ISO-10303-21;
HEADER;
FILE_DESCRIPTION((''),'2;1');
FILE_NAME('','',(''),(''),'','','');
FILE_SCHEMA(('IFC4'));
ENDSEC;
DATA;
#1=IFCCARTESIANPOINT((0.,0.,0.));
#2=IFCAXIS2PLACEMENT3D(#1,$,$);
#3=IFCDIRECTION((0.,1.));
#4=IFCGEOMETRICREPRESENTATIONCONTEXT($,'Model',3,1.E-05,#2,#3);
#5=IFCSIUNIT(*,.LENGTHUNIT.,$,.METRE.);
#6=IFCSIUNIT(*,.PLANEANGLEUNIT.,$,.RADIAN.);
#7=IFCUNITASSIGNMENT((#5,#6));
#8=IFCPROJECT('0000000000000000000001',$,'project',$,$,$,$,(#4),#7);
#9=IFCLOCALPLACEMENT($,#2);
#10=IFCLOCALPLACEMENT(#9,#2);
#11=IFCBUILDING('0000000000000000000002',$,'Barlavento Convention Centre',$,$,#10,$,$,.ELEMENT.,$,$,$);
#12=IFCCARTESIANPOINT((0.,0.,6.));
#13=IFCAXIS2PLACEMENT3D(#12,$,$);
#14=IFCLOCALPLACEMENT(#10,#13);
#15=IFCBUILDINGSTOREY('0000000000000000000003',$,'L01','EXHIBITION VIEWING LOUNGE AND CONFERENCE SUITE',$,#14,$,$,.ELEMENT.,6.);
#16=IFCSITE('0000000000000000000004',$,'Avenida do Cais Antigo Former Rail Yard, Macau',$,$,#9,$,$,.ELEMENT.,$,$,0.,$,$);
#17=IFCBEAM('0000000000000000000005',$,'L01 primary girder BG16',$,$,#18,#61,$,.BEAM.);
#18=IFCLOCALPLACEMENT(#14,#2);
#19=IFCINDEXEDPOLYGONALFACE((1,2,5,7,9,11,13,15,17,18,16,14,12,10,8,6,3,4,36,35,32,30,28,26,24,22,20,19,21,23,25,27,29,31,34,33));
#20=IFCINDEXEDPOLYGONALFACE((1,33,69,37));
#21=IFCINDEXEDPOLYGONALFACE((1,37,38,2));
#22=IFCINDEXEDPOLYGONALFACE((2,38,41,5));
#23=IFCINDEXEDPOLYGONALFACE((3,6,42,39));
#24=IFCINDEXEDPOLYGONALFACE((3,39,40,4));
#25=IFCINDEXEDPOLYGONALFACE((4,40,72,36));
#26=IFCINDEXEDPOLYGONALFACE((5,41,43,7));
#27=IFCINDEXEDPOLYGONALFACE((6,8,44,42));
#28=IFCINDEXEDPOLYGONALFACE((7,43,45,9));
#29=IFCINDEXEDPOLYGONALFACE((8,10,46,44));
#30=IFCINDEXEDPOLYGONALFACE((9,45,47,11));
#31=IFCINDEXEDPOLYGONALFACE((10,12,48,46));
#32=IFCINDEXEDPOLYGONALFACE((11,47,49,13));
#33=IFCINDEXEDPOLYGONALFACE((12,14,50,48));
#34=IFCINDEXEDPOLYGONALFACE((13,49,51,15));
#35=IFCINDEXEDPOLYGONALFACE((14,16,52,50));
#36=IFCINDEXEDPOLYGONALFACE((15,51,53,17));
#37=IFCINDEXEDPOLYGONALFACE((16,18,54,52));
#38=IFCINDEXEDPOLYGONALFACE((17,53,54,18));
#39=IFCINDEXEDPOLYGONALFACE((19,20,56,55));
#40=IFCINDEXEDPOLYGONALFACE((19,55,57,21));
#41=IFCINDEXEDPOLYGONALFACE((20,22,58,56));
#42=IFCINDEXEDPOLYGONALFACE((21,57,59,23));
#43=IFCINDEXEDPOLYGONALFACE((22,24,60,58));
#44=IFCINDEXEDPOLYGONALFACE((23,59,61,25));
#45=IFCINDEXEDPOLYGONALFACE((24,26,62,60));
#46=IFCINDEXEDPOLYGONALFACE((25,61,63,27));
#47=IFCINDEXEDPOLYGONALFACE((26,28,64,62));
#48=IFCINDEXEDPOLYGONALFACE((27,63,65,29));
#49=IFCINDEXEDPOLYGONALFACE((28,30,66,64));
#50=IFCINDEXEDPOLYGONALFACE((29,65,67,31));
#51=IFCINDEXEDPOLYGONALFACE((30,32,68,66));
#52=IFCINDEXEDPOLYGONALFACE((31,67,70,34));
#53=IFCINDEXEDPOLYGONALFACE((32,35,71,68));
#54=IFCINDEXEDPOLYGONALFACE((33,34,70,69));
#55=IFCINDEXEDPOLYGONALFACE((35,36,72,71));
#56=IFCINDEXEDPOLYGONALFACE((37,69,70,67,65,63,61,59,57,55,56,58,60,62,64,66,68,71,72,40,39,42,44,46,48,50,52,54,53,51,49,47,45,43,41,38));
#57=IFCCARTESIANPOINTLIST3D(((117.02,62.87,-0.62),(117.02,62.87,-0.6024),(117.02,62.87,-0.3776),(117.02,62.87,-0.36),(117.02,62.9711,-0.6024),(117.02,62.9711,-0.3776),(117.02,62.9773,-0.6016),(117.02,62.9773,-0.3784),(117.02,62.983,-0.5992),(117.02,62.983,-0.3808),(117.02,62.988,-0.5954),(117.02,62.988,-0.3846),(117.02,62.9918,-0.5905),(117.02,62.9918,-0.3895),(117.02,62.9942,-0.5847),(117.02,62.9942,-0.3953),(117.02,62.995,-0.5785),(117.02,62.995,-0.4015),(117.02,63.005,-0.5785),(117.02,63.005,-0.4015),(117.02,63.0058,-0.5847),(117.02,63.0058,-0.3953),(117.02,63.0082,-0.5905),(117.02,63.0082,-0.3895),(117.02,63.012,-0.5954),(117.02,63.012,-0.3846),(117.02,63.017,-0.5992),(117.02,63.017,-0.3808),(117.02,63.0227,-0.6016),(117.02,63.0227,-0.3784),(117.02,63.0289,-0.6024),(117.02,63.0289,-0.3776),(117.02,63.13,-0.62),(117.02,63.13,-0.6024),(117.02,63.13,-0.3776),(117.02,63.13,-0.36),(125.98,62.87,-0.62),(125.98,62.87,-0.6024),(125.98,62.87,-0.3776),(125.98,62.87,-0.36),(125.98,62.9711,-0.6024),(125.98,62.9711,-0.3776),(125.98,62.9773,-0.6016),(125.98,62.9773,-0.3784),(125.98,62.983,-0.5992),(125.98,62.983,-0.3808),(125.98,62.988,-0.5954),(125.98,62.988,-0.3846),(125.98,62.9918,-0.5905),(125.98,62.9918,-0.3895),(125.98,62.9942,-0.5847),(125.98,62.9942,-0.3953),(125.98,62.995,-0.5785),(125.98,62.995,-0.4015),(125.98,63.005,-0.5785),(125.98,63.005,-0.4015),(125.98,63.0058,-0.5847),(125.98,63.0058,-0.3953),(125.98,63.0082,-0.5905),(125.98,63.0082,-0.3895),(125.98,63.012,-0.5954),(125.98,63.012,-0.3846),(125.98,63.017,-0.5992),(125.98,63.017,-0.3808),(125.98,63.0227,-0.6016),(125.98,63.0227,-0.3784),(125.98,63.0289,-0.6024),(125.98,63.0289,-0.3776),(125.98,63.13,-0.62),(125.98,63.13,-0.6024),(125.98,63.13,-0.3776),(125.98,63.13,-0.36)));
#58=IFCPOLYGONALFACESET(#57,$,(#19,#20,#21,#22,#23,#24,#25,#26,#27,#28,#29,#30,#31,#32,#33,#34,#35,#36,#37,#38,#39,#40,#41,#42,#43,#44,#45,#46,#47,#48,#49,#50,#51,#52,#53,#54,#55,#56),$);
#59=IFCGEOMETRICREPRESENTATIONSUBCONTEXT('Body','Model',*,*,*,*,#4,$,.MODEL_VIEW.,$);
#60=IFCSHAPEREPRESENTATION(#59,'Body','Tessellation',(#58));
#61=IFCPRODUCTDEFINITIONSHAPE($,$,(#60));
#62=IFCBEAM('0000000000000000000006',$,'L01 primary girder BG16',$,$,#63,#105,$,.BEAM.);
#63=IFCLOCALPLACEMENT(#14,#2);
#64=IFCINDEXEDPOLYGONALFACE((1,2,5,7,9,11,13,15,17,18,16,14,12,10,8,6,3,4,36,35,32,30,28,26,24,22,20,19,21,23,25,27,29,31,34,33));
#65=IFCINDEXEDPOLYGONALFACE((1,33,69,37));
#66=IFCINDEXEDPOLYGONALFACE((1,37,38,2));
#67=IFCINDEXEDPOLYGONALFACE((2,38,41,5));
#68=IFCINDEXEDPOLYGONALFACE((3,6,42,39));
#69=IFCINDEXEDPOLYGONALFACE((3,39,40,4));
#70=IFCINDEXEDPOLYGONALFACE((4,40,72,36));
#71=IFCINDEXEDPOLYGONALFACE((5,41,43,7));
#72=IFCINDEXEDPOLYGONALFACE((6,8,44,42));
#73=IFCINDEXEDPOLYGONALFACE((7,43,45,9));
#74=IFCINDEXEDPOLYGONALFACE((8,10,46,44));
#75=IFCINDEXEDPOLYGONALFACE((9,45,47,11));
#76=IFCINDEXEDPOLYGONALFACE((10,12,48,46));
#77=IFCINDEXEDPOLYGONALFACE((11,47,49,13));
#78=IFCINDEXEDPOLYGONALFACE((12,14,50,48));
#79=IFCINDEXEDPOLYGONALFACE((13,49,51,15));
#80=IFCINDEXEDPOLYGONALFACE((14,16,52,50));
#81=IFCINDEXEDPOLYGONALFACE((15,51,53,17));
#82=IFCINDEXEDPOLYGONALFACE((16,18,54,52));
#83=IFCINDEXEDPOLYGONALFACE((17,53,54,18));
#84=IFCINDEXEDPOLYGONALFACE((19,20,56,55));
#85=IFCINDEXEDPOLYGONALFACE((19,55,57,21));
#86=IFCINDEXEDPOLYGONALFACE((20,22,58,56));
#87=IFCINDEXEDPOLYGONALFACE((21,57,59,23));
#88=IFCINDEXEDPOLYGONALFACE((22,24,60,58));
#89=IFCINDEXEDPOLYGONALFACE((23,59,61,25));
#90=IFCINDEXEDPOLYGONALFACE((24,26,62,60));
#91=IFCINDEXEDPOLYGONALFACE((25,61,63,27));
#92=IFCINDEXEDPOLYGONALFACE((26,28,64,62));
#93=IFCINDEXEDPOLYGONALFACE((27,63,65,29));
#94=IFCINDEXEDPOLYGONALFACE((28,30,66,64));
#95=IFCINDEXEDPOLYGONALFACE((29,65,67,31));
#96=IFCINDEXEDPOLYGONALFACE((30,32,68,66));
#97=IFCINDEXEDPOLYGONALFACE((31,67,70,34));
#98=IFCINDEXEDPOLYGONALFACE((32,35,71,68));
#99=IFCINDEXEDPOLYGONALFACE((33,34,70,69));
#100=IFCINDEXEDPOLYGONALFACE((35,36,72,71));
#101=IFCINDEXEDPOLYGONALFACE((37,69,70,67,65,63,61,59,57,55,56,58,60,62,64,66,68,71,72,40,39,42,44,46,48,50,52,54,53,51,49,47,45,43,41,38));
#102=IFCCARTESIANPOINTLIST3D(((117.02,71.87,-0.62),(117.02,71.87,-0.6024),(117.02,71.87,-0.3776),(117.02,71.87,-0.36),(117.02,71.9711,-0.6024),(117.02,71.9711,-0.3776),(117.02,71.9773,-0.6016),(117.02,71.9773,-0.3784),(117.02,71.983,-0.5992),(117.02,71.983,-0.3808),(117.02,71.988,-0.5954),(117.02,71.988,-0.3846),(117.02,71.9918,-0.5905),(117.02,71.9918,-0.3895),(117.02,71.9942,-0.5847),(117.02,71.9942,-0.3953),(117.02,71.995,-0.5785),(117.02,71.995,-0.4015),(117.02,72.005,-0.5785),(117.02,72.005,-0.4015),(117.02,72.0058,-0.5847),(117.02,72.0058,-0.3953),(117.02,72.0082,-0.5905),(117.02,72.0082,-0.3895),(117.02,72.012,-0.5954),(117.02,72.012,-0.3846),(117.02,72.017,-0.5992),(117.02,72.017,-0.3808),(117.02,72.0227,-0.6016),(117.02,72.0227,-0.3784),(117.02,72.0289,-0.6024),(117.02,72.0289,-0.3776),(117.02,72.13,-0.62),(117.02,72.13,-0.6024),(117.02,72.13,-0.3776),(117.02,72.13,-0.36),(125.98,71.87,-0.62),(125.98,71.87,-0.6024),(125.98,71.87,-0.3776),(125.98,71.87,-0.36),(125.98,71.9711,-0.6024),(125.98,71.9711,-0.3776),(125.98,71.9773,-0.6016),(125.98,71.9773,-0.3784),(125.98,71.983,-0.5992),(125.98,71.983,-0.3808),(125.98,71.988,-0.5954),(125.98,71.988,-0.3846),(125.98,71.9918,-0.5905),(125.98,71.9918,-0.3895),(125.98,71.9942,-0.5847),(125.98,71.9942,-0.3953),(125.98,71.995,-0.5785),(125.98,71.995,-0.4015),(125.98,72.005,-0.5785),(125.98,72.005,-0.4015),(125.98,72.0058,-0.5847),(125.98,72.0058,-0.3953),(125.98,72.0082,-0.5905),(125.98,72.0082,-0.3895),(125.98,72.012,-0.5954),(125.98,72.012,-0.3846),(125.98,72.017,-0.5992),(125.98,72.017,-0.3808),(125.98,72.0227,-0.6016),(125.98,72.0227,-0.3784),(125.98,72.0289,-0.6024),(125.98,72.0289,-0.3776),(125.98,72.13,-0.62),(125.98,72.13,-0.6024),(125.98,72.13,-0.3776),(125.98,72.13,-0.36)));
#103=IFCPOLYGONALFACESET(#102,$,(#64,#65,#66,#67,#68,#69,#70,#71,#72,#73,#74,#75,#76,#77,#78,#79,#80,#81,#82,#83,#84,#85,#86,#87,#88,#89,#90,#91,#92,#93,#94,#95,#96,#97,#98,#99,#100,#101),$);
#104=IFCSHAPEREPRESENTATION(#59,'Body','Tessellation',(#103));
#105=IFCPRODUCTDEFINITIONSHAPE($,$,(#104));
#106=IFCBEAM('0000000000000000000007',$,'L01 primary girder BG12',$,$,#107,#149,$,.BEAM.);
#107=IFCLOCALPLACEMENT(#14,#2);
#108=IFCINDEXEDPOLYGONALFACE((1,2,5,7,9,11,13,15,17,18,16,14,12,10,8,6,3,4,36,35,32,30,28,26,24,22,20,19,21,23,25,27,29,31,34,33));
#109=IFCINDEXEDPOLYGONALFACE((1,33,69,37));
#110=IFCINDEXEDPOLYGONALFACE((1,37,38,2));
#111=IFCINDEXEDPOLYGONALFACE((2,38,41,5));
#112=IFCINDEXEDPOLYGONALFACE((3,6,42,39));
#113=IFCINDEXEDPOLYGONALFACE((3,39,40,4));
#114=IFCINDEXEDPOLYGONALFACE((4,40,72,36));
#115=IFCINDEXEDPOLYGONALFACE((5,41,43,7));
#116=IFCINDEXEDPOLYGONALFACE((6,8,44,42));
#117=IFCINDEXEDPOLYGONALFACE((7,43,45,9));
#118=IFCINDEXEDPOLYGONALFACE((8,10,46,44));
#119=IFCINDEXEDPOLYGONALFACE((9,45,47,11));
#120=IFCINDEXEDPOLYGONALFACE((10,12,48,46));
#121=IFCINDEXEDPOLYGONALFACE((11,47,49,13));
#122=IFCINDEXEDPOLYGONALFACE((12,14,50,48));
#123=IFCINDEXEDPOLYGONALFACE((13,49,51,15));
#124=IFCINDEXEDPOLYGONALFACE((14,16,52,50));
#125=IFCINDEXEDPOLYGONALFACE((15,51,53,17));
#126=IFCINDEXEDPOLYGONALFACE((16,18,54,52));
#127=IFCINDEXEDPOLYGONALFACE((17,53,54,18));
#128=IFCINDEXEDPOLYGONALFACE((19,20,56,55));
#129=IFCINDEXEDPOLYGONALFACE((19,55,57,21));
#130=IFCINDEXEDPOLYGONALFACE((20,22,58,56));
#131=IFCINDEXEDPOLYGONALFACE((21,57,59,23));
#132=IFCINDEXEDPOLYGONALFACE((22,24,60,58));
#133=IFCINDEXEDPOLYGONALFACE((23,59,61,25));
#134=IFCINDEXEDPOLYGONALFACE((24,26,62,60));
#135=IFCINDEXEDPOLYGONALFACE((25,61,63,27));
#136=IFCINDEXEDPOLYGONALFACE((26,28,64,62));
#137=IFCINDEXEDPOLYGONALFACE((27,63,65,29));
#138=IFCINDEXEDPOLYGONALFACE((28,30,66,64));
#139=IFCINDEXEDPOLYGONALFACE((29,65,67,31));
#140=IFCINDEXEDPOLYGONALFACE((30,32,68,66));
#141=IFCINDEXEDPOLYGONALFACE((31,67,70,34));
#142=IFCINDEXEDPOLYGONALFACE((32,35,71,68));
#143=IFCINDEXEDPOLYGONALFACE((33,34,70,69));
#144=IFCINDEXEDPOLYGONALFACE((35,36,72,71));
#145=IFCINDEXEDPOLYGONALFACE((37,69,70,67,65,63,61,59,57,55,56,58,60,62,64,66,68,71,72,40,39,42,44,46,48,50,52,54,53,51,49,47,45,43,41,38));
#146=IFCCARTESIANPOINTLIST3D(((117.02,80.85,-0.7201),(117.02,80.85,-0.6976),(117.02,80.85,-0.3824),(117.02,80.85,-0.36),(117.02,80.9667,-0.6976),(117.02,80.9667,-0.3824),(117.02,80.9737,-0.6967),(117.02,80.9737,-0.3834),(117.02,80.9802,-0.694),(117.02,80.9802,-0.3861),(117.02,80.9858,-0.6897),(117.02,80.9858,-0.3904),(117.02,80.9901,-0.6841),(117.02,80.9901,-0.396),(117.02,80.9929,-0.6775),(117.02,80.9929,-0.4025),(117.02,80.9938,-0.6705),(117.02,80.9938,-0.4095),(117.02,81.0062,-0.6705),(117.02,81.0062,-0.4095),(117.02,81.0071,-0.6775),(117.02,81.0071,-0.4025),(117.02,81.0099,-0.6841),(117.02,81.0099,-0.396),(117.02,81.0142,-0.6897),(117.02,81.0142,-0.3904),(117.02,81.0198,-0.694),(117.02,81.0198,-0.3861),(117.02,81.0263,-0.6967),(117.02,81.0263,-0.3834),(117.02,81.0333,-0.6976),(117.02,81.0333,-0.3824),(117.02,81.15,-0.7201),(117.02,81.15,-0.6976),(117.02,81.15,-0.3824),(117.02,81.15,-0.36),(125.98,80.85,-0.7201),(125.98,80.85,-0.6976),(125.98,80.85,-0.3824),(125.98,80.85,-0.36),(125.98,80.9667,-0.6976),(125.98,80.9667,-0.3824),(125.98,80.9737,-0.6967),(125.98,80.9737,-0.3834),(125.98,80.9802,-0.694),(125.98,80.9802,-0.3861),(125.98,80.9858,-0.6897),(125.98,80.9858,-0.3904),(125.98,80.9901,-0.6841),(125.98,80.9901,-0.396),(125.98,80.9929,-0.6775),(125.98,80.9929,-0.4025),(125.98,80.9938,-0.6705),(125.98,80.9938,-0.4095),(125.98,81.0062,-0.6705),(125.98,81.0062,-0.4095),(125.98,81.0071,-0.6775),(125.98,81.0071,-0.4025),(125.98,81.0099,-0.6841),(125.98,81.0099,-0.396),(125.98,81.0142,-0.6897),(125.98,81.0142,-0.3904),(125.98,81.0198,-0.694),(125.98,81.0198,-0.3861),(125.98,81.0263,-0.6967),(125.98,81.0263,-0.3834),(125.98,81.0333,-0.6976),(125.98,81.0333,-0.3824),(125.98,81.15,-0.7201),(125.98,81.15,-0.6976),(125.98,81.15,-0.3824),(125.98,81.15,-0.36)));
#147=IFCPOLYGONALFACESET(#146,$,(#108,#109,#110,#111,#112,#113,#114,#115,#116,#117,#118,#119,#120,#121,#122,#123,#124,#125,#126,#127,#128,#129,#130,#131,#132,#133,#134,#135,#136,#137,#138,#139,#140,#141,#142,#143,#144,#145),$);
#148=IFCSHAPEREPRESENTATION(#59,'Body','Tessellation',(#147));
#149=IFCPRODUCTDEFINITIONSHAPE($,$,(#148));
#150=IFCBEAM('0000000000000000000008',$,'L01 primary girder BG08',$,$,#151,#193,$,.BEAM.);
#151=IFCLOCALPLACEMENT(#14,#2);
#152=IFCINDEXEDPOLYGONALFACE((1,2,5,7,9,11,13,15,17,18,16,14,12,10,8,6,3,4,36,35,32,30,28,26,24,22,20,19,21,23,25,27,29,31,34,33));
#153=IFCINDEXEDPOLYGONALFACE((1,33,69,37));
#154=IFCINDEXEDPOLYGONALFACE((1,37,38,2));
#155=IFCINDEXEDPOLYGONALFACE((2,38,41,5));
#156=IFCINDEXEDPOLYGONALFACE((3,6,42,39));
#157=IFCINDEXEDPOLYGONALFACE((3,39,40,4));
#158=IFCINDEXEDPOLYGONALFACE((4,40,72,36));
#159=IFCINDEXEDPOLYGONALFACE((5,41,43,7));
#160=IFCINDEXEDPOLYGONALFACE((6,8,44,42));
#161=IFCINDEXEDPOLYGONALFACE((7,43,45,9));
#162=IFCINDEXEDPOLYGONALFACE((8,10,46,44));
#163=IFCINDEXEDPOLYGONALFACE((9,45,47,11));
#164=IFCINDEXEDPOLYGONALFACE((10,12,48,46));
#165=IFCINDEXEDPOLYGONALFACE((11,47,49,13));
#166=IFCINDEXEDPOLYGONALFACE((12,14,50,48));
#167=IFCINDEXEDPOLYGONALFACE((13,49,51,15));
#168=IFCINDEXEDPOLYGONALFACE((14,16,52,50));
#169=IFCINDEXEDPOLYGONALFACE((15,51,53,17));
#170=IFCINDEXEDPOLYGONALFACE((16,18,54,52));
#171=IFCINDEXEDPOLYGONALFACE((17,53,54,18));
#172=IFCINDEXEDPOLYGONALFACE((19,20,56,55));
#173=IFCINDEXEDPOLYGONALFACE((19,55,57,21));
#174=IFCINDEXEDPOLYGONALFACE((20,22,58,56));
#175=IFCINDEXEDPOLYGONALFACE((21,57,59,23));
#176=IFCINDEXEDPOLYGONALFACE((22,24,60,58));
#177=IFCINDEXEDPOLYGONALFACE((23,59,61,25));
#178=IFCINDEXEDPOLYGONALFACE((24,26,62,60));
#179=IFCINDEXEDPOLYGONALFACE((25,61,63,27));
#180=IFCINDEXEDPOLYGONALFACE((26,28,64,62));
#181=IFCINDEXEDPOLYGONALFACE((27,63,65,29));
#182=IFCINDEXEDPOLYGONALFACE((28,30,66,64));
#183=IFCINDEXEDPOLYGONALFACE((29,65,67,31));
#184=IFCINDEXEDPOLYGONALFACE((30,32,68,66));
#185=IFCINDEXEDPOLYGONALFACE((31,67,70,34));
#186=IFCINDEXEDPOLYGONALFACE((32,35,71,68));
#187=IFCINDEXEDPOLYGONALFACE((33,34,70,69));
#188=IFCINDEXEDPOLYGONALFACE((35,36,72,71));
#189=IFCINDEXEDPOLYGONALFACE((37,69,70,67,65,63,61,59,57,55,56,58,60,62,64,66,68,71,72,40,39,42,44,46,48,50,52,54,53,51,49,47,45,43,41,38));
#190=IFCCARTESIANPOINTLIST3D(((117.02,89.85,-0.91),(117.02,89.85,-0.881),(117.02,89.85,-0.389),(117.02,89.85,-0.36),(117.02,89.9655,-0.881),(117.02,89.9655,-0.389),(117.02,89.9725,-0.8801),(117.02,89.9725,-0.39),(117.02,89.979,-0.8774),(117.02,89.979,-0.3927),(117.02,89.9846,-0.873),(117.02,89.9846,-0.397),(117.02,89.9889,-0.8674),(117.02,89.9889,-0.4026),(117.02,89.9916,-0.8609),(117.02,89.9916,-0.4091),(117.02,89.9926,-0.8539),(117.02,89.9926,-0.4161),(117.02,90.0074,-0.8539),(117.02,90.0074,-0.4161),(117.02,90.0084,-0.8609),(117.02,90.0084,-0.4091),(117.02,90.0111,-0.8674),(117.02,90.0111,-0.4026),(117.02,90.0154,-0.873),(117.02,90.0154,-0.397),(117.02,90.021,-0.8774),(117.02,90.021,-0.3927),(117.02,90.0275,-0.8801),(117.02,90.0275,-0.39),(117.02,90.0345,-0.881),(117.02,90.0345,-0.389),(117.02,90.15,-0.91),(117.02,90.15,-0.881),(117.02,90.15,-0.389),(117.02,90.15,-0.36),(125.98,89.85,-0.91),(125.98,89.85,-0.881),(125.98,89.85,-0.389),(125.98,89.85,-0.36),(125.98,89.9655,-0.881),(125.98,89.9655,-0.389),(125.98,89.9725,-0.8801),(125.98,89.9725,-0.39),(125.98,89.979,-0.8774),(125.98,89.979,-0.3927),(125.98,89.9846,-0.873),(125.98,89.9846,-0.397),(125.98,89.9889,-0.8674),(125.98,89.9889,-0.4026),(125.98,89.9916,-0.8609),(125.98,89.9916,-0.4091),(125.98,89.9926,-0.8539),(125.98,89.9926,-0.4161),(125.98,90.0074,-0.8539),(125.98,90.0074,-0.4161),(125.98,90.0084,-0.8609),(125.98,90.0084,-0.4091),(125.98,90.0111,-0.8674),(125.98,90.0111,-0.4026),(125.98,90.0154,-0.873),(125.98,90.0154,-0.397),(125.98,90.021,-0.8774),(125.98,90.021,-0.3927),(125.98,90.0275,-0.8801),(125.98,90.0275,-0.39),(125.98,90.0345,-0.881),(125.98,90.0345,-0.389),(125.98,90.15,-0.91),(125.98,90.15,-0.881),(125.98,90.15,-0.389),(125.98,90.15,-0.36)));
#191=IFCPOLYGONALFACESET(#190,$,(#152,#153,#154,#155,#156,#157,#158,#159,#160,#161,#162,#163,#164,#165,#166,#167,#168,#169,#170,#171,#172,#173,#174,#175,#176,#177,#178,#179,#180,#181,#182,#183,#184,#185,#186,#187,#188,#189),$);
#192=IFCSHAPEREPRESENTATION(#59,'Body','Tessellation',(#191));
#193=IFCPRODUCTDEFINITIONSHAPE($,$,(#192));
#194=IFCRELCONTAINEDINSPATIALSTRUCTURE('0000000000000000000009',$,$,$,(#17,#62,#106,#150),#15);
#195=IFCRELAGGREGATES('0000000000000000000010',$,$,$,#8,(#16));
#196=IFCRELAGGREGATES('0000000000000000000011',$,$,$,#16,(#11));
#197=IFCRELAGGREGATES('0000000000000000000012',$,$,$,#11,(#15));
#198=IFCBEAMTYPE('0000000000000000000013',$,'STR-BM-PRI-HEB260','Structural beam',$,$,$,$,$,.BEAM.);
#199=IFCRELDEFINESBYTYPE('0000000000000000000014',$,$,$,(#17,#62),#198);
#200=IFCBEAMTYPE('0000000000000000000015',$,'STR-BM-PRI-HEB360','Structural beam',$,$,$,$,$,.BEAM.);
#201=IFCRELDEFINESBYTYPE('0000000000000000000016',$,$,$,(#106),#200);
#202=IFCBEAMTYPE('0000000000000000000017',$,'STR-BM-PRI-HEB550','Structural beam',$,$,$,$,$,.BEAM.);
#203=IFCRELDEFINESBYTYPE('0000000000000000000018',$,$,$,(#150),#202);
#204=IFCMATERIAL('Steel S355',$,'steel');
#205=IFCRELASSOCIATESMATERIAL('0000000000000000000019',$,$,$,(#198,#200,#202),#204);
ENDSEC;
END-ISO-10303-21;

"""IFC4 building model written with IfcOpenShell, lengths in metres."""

from ifc_helpers import new_model, si_unit, direction, frame, origin, origin_2d, place, context, subcontext, project, spatial, i_section, extrude, material, material_profile, profile_set, type_object, element, save


model = new_model("IFC4")

# Units and contexts
model_context = context("Model", 3, precision=1e-05, world=origin(), true_north=direction((0.0, 1.0)))
body_context = subcontext(model_context, "Body", "Model", "MODEL_VIEW")
ifc_project = project(units=[si_unit("LENGTHUNIT", "METRE"), si_unit("PLANEANGLEUNIT", "RADIAN")], contexts=[model_context])

# Site, building, storey
site_placement = place(None, origin())
site = spatial("IfcSite", under=ifc_project, at=site_placement, Name="Avenida do Cais Antigo Former Rail Yard, Macau", CompositionType="ELEMENT", RefElevation=0.0)
building_placement = place(site_placement, origin())
building = spatial("IfcBuilding", under=site, at=building_placement, Name="Barlavento Convention Centre", CompositionType="ELEMENT")
storey_placement = place(building_placement, frame((0.0, 0.0, 6.0)))
storey = spatial("IfcBuildingStorey", under=building, at=storey_placement, Name="L01", Description="EXHIBITION VIEWING LOUNGE AND CONFERENCE SUITE", CompositionType="ELEMENT", Elevation=6.0)

# Shared definitions
ifc_material_1 = material(Name="Steel S355", Category="steel")

# Beams
ifc_material_profile_1 = material_profile(ifc_material_1, i_section(OverallWidth=0.26, OverallDepth=0.26, WebThickness=0.01, FlangeThickness=0.0176, FilletRadius=0.0239, at=origin_2d()), Name="HEB 260")
ifc_profile_set_1 = profile_set([ifc_material_profile_1], Name="Steel S355")
beam_type_1 = type_object("IfcBeamType", Name="STR-BM-PRI-HEB260", Description="Structural beam", PredefinedType="BEAM", material=ifc_profile_set_1)
for number, where, z_axis, x_axis, name in (
    (1, (117.02, 63.0, -0.49), (1.0, 0.0, 0.0), (0.0, 1.0, 0.0), "L01 primary girder BG16"),
    (2, (117.02, 72.0, -0.49), (1.0, 0.0, 0.0), (0.0, 1.0, 0.0), "L01 primary girder BG16"),
):
    element("IfcBeam", number, at=place(storey_placement, frame(where, z_axis=z_axis, x_axis=x_axis)), inside=storey, type_object=beam_type_1, Name=name, PredefinedType="BEAM", context=body_context, shape_type="SweptSolid", body=[
        extrude(i_section(OverallWidth=0.26, OverallDepth=0.26, WebThickness=0.01, FlangeThickness=0.0176, FilletRadius=0.0239, at=origin_2d()), origin(), (0.0, 0.0, 1.0), 8.96),
    ])
ifc_material_profile_2 = material_profile(ifc_material_1, i_section(OverallWidth=0.3, OverallDepth=0.3601, WebThickness=0.0125, FlangeThickness=0.0225, FilletRadius=0.0271, at=origin_2d()), Name="HEB 360")
ifc_profile_set_2 = profile_set([ifc_material_profile_2], Name="Steel S355")
beam_type_2 = type_object("IfcBeamType", Name="STR-BM-PRI-HEB360", Description="Structural beam", PredefinedType="BEAM", material=ifc_profile_set_2)
beam_1_placement = place(storey_placement, frame((117.02, 81.0, -0.54), z_axis=(1.0, 0.0, 0.0), x_axis=(0.0, 1.0, 0.0)))
element("IfcBeam", 3, at=beam_1_placement, inside=storey, type_object=beam_type_2, Name="L01 primary girder BG12", PredefinedType="BEAM", context=body_context, shape_type="SweptSolid", body=[
    extrude(i_section(OverallWidth=0.3, OverallDepth=0.3601, WebThickness=0.0125, FlangeThickness=0.0225, FilletRadius=0.0271, at=origin_2d()), origin(), (0.0, 0.0, 1.0), 8.96),
])
ifc_material_profile_3 = material_profile(ifc_material_1, i_section(OverallWidth=0.3, OverallDepth=0.55, WebThickness=0.0149, FlangeThickness=0.0291, FilletRadius=0.0271, at=origin_2d()), Name="HEB 550")
ifc_profile_set_3 = profile_set([ifc_material_profile_3], Name="Steel S355")
beam_type_3 = type_object("IfcBeamType", Name="STR-BM-PRI-HEB550", Description="Structural beam", PredefinedType="BEAM", material=ifc_profile_set_3)
beam_2_placement = place(storey_placement, frame((117.02, 90.0, -0.635), z_axis=(1.0, 0.0, 0.0), x_axis=(0.0, 1.0, 0.0)))
element("IfcBeam", 4, at=beam_2_placement, inside=storey, type_object=beam_type_3, Name="L01 primary girder BG08", PredefinedType="BEAM", context=body_context, shape_type="SweptSolid", body=[
    extrude(i_section(OverallWidth=0.3, OverallDepth=0.55, WebThickness=0.0149, FlangeThickness=0.0291, FilletRadius=0.0271, at=origin_2d()), origin(), (0.0, 0.0, 1.0), 8.96),
])

save(model, "model.ifc")
